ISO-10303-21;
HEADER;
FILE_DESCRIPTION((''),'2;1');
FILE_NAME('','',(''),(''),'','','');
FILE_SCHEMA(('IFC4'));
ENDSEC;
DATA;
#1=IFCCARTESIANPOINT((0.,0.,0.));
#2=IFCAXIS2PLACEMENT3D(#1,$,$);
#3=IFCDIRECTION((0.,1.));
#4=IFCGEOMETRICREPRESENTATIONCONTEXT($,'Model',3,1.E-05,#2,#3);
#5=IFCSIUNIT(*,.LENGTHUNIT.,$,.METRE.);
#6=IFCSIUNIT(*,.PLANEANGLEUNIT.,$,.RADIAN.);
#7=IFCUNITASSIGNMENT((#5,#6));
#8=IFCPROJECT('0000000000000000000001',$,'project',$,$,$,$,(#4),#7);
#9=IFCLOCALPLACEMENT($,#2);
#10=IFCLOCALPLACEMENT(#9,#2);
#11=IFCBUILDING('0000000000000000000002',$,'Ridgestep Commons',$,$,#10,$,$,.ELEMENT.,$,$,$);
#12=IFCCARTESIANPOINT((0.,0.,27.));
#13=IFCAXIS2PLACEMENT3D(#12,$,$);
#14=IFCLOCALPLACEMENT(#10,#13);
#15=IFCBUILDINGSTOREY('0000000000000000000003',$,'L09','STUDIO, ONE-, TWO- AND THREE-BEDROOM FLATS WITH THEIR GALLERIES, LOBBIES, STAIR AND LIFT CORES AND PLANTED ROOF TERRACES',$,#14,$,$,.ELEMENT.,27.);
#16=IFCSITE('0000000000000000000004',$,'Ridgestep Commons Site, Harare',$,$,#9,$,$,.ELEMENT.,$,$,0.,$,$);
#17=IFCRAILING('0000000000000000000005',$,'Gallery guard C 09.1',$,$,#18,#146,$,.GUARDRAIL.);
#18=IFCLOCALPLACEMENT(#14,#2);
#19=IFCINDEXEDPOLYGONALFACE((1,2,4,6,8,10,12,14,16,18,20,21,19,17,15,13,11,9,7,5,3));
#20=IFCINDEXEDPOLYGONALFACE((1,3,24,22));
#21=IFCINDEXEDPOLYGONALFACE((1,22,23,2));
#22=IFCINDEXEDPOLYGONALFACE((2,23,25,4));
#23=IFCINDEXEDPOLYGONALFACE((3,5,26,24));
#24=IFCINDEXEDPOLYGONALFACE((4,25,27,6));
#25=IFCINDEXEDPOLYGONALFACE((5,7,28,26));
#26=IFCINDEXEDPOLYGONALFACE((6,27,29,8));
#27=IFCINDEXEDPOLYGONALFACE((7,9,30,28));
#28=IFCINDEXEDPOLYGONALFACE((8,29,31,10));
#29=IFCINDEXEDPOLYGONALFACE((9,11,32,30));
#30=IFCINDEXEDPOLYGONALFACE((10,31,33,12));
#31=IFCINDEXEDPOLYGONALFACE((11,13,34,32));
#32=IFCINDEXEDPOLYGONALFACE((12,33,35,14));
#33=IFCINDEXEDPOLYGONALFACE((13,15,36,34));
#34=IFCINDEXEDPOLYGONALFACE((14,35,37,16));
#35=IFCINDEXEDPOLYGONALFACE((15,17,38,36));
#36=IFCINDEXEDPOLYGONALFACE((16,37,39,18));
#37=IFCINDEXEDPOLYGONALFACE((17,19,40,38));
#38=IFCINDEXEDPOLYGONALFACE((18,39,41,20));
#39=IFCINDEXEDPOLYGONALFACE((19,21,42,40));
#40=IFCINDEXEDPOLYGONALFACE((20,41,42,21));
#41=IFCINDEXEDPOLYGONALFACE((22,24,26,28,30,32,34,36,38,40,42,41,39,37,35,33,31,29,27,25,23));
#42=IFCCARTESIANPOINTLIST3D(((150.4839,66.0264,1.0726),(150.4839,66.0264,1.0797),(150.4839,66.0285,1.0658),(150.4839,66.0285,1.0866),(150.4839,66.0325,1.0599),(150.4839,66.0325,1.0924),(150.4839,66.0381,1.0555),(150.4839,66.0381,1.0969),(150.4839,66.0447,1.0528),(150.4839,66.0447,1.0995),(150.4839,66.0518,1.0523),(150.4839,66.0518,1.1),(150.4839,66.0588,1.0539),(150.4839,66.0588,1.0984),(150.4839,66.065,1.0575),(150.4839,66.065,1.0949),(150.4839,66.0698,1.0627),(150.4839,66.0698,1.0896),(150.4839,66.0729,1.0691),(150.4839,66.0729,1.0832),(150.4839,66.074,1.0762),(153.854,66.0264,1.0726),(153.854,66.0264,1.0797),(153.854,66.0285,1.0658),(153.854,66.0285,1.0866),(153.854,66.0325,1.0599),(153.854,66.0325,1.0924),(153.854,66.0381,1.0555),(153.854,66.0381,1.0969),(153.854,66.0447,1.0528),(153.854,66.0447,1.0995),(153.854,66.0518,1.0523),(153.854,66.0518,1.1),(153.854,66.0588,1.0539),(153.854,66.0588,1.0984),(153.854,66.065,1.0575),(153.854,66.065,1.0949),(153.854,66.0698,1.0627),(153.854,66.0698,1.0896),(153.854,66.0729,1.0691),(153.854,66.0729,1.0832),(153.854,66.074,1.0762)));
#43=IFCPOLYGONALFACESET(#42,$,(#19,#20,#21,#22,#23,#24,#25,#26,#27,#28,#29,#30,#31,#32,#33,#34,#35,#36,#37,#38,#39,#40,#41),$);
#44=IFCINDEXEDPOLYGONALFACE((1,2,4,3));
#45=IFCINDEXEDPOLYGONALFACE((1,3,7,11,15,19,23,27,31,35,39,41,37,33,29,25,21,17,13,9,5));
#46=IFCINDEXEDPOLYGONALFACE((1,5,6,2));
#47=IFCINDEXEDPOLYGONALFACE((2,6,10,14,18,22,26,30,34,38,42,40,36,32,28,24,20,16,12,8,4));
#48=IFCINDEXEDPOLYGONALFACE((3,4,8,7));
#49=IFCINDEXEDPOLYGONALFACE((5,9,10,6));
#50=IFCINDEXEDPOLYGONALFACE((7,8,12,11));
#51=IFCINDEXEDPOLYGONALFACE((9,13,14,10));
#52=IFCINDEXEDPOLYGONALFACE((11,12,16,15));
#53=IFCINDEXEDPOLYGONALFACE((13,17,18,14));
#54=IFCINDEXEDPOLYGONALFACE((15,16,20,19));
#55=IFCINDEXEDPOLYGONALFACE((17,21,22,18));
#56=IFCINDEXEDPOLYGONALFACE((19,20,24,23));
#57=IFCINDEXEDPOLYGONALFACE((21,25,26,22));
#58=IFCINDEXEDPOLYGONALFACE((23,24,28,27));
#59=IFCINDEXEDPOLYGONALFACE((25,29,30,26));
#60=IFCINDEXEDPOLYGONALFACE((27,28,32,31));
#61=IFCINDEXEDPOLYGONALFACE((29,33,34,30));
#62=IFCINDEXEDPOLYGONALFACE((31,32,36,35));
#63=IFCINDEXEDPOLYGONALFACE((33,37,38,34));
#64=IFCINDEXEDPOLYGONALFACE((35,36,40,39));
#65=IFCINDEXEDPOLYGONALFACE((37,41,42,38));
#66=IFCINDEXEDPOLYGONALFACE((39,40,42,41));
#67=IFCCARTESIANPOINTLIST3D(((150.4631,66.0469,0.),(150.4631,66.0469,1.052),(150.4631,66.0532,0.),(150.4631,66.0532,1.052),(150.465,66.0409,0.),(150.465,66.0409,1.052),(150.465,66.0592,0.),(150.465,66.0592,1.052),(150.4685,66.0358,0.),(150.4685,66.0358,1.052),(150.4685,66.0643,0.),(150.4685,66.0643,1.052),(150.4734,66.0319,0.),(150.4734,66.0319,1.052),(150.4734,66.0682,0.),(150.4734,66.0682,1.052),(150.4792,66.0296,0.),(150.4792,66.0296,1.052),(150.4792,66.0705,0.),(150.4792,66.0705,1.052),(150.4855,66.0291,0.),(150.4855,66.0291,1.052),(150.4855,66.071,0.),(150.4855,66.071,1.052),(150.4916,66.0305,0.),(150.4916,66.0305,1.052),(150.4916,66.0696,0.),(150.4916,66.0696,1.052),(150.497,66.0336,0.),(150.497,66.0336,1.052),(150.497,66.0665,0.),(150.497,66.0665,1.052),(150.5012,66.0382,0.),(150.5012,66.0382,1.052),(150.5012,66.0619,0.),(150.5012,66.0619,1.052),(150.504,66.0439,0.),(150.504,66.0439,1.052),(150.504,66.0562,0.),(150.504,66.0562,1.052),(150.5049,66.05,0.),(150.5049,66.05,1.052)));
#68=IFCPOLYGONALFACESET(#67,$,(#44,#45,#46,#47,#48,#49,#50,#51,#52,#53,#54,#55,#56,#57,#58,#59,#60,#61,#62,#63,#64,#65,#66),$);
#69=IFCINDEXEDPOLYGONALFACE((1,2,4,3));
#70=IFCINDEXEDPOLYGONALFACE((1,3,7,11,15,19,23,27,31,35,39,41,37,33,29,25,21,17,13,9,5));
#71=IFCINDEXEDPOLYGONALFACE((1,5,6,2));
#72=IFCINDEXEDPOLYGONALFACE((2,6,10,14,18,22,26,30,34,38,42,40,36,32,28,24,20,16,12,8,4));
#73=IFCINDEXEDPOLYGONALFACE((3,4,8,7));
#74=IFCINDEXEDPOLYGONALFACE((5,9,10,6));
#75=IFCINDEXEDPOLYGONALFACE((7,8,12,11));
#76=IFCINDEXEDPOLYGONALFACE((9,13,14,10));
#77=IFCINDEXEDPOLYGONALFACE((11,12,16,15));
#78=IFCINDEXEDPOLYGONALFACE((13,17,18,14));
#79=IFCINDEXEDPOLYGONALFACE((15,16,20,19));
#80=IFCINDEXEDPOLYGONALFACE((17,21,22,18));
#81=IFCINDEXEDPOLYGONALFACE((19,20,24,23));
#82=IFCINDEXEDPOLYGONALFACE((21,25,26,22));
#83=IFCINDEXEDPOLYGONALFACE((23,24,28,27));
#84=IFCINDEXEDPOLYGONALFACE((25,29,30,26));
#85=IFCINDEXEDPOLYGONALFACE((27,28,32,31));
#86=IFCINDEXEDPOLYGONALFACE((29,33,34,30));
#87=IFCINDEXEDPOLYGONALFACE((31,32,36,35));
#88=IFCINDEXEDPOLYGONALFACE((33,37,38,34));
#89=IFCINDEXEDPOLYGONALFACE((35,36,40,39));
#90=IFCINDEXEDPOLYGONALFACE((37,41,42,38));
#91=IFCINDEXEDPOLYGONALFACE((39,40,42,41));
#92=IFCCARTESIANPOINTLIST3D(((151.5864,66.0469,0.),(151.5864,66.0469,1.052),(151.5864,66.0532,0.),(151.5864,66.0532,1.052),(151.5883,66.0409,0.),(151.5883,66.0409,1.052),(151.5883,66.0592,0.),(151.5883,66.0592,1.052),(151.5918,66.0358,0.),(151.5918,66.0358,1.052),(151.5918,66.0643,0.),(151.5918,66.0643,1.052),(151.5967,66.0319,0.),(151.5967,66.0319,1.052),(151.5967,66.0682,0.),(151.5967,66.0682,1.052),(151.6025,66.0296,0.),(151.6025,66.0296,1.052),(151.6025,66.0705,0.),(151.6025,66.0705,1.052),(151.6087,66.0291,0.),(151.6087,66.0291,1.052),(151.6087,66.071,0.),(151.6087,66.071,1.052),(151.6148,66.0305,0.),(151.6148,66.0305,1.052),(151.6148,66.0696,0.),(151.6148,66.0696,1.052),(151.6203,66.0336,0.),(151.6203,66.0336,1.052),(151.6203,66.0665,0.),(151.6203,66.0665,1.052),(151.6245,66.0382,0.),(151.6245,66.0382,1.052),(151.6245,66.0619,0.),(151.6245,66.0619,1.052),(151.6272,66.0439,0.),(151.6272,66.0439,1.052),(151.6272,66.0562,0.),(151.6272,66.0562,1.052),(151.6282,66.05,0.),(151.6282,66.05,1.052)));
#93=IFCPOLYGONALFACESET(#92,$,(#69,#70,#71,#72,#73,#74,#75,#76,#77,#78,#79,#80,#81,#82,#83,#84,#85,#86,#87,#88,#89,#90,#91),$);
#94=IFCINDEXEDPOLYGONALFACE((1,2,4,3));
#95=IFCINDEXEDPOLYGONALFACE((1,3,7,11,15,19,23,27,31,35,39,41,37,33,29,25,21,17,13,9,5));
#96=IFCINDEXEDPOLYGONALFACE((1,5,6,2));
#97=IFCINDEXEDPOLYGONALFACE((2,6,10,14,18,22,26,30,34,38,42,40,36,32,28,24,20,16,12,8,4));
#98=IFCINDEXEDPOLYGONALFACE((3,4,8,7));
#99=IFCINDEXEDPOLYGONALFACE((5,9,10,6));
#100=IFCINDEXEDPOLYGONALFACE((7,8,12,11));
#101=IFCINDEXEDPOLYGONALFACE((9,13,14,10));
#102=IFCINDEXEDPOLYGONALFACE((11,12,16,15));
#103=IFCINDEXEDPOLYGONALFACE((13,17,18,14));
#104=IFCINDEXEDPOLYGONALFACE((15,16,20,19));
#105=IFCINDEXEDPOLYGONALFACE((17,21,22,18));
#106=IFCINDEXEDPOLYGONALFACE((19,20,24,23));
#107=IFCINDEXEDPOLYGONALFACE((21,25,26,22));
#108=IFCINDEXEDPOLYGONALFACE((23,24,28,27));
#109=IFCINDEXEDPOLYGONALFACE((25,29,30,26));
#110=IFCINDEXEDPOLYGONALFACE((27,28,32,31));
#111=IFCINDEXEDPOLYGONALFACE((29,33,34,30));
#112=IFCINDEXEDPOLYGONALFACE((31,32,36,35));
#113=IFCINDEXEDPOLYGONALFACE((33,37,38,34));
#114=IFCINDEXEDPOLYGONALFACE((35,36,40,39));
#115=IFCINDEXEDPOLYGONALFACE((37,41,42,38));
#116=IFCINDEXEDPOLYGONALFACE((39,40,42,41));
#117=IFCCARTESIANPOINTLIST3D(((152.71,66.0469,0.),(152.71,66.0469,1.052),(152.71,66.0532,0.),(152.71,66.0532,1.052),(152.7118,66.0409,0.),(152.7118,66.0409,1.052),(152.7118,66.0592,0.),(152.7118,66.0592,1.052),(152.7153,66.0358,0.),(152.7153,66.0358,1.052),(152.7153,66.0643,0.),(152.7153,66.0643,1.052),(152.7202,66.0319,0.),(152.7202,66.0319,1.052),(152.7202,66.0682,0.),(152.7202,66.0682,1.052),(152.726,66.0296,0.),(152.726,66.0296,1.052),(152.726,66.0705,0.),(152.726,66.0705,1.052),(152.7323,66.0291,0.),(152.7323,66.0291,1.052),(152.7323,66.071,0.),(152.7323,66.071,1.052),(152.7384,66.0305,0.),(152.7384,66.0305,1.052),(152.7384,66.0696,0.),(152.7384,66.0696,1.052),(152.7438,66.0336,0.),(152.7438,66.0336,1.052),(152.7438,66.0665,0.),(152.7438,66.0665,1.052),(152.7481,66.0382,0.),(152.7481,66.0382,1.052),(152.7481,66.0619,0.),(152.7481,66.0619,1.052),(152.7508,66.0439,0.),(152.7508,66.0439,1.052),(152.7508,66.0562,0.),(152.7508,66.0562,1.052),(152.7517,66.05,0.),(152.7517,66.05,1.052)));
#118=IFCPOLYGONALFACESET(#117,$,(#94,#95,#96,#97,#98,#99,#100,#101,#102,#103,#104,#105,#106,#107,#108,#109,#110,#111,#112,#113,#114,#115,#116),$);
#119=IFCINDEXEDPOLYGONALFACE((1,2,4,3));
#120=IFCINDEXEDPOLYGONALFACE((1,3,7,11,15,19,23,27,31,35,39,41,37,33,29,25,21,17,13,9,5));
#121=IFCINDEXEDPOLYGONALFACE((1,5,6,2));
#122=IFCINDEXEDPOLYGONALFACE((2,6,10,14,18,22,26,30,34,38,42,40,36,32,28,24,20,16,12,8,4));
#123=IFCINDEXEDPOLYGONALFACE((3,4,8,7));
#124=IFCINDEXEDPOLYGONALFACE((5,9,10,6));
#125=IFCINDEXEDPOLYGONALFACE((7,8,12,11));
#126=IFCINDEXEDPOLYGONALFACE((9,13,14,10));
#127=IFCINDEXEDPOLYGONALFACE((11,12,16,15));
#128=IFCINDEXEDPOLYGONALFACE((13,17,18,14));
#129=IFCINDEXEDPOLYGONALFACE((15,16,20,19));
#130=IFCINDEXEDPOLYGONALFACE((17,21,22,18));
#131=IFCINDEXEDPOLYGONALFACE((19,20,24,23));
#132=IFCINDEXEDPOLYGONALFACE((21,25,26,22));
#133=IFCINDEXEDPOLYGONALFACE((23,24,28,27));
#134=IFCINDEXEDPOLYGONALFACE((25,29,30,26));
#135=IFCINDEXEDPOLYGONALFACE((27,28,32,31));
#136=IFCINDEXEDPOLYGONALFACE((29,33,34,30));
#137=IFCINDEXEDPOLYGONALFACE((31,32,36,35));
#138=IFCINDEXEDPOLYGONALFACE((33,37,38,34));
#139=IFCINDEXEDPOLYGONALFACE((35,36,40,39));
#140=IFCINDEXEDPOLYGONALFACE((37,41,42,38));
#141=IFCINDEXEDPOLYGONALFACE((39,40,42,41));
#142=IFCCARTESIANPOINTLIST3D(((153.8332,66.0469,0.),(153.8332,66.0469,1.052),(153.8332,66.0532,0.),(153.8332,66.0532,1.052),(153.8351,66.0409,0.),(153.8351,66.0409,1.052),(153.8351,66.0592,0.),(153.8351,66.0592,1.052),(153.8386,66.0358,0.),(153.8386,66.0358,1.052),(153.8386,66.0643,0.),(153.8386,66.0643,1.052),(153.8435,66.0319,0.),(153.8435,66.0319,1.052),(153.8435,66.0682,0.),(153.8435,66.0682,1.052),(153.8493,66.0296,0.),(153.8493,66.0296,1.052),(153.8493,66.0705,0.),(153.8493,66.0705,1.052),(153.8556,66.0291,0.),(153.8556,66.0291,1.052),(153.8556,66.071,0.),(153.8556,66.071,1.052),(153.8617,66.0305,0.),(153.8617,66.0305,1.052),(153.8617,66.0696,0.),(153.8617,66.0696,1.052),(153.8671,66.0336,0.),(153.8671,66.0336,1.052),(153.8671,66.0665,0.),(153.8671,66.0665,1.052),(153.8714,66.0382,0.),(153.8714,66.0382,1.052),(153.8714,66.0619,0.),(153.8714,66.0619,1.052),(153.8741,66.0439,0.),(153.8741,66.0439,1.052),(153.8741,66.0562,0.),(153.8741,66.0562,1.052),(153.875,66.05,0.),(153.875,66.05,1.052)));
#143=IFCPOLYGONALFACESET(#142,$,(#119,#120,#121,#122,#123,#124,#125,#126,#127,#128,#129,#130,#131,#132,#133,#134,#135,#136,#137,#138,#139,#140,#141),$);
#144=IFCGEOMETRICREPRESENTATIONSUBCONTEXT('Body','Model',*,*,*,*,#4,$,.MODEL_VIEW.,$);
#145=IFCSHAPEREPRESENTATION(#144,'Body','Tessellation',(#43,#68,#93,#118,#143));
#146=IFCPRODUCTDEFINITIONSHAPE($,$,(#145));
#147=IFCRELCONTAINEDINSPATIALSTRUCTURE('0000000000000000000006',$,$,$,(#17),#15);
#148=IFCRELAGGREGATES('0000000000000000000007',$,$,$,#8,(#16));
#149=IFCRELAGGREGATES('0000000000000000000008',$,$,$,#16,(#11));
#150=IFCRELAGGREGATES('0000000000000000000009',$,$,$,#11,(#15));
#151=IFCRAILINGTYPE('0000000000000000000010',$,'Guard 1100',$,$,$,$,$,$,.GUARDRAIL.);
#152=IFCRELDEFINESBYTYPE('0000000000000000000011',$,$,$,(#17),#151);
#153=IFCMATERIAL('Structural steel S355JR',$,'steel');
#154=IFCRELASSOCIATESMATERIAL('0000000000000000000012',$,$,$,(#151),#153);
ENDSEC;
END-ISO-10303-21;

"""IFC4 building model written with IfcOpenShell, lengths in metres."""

from ifc_helpers import new_model, si_unit, direction, frame, origin, origin_2d, place, context, subcontext, project, spatial, circle, extrude, material, type_object, element, save


model = new_model("IFC4")

# Units and contexts
model_context = context("Model", 3, precision=1e-05, world=origin(), true_north=direction((0.0, 1.0)))
body_context = subcontext(model_context, "Body", "Model", "MODEL_VIEW")
ifc_project = project(units=[si_unit("LENGTHUNIT", "METRE"), si_unit("PLANEANGLEUNIT", "RADIAN")], contexts=[model_context])

# Site, building, storey
site_placement = place(None, origin())
site = spatial("IfcSite", under=ifc_project, at=site_placement, Name="Ridgestep Commons Site, Harare", CompositionType="ELEMENT", RefElevation=0.0)
building_placement = place(site_placement, origin())
building = spatial("IfcBuilding", under=site, at=building_placement, Name="Ridgestep Commons", CompositionType="ELEMENT")
storey_placement = place(building_placement, frame((0.0, 0.0, 27.0)))
storey = spatial("IfcBuildingStorey", under=building, at=storey_placement, Name="L09", Description="STUDIO, ONE-, TWO- AND THREE-BEDROOM FLATS WITH THEIR GALLERIES, LOBBIES, STAIR AND LIFT CORES AND PLANTED ROOF TERRACES", CompositionType="ELEMENT", Elevation=27.0)

# Railing
ifc_material_1 = material(Name="Structural steel S355JR", Category="steel")
railing_type = type_object("IfcRailingType", Name="Guard 1100", PredefinedType="GUARDRAIL", material=ifc_material_1)
railing_1_placement = place(storey_placement, frame((150.4839, 66.05, 0.0)))
element("IfcRailing", 1, at=railing_1_placement, inside=storey, type_object=railing_type, Name="Gallery guard C 09.1", PredefinedType="GUARDRAIL", context=body_context, shape_type="SweptSolid", body=[
    extrude(circle(Radius=0.0239, at=origin_2d()), frame((0.0, 0.0, 1.0762), z_axis=(1.0, 0.0, 0.0), x_axis=(0.0, 1.0, 0.0)), (0.0, 0.0, 1.0), 3.3701),
    extrude(circle(Radius=0.021, at=origin_2d()), origin(), (0.0, 0.0, 1.0), 1.052),
    extrude(circle(Radius=0.021, at=origin_2d()), frame((1.1233, 0.0, 0.0)), (0.0, 0.0, 1.0), 1.052),
    extrude(circle(Radius=0.021, at=origin_2d()), frame((2.2468, 0.0, 0.0)), (0.0, 0.0, 1.0), 1.052),
    extrude(circle(Radius=0.021, at=origin_2d()), frame((3.3701, 0.0, 0.0)), (0.0, 0.0, 1.0), 1.052),
])

save(model, "model.ifc")
